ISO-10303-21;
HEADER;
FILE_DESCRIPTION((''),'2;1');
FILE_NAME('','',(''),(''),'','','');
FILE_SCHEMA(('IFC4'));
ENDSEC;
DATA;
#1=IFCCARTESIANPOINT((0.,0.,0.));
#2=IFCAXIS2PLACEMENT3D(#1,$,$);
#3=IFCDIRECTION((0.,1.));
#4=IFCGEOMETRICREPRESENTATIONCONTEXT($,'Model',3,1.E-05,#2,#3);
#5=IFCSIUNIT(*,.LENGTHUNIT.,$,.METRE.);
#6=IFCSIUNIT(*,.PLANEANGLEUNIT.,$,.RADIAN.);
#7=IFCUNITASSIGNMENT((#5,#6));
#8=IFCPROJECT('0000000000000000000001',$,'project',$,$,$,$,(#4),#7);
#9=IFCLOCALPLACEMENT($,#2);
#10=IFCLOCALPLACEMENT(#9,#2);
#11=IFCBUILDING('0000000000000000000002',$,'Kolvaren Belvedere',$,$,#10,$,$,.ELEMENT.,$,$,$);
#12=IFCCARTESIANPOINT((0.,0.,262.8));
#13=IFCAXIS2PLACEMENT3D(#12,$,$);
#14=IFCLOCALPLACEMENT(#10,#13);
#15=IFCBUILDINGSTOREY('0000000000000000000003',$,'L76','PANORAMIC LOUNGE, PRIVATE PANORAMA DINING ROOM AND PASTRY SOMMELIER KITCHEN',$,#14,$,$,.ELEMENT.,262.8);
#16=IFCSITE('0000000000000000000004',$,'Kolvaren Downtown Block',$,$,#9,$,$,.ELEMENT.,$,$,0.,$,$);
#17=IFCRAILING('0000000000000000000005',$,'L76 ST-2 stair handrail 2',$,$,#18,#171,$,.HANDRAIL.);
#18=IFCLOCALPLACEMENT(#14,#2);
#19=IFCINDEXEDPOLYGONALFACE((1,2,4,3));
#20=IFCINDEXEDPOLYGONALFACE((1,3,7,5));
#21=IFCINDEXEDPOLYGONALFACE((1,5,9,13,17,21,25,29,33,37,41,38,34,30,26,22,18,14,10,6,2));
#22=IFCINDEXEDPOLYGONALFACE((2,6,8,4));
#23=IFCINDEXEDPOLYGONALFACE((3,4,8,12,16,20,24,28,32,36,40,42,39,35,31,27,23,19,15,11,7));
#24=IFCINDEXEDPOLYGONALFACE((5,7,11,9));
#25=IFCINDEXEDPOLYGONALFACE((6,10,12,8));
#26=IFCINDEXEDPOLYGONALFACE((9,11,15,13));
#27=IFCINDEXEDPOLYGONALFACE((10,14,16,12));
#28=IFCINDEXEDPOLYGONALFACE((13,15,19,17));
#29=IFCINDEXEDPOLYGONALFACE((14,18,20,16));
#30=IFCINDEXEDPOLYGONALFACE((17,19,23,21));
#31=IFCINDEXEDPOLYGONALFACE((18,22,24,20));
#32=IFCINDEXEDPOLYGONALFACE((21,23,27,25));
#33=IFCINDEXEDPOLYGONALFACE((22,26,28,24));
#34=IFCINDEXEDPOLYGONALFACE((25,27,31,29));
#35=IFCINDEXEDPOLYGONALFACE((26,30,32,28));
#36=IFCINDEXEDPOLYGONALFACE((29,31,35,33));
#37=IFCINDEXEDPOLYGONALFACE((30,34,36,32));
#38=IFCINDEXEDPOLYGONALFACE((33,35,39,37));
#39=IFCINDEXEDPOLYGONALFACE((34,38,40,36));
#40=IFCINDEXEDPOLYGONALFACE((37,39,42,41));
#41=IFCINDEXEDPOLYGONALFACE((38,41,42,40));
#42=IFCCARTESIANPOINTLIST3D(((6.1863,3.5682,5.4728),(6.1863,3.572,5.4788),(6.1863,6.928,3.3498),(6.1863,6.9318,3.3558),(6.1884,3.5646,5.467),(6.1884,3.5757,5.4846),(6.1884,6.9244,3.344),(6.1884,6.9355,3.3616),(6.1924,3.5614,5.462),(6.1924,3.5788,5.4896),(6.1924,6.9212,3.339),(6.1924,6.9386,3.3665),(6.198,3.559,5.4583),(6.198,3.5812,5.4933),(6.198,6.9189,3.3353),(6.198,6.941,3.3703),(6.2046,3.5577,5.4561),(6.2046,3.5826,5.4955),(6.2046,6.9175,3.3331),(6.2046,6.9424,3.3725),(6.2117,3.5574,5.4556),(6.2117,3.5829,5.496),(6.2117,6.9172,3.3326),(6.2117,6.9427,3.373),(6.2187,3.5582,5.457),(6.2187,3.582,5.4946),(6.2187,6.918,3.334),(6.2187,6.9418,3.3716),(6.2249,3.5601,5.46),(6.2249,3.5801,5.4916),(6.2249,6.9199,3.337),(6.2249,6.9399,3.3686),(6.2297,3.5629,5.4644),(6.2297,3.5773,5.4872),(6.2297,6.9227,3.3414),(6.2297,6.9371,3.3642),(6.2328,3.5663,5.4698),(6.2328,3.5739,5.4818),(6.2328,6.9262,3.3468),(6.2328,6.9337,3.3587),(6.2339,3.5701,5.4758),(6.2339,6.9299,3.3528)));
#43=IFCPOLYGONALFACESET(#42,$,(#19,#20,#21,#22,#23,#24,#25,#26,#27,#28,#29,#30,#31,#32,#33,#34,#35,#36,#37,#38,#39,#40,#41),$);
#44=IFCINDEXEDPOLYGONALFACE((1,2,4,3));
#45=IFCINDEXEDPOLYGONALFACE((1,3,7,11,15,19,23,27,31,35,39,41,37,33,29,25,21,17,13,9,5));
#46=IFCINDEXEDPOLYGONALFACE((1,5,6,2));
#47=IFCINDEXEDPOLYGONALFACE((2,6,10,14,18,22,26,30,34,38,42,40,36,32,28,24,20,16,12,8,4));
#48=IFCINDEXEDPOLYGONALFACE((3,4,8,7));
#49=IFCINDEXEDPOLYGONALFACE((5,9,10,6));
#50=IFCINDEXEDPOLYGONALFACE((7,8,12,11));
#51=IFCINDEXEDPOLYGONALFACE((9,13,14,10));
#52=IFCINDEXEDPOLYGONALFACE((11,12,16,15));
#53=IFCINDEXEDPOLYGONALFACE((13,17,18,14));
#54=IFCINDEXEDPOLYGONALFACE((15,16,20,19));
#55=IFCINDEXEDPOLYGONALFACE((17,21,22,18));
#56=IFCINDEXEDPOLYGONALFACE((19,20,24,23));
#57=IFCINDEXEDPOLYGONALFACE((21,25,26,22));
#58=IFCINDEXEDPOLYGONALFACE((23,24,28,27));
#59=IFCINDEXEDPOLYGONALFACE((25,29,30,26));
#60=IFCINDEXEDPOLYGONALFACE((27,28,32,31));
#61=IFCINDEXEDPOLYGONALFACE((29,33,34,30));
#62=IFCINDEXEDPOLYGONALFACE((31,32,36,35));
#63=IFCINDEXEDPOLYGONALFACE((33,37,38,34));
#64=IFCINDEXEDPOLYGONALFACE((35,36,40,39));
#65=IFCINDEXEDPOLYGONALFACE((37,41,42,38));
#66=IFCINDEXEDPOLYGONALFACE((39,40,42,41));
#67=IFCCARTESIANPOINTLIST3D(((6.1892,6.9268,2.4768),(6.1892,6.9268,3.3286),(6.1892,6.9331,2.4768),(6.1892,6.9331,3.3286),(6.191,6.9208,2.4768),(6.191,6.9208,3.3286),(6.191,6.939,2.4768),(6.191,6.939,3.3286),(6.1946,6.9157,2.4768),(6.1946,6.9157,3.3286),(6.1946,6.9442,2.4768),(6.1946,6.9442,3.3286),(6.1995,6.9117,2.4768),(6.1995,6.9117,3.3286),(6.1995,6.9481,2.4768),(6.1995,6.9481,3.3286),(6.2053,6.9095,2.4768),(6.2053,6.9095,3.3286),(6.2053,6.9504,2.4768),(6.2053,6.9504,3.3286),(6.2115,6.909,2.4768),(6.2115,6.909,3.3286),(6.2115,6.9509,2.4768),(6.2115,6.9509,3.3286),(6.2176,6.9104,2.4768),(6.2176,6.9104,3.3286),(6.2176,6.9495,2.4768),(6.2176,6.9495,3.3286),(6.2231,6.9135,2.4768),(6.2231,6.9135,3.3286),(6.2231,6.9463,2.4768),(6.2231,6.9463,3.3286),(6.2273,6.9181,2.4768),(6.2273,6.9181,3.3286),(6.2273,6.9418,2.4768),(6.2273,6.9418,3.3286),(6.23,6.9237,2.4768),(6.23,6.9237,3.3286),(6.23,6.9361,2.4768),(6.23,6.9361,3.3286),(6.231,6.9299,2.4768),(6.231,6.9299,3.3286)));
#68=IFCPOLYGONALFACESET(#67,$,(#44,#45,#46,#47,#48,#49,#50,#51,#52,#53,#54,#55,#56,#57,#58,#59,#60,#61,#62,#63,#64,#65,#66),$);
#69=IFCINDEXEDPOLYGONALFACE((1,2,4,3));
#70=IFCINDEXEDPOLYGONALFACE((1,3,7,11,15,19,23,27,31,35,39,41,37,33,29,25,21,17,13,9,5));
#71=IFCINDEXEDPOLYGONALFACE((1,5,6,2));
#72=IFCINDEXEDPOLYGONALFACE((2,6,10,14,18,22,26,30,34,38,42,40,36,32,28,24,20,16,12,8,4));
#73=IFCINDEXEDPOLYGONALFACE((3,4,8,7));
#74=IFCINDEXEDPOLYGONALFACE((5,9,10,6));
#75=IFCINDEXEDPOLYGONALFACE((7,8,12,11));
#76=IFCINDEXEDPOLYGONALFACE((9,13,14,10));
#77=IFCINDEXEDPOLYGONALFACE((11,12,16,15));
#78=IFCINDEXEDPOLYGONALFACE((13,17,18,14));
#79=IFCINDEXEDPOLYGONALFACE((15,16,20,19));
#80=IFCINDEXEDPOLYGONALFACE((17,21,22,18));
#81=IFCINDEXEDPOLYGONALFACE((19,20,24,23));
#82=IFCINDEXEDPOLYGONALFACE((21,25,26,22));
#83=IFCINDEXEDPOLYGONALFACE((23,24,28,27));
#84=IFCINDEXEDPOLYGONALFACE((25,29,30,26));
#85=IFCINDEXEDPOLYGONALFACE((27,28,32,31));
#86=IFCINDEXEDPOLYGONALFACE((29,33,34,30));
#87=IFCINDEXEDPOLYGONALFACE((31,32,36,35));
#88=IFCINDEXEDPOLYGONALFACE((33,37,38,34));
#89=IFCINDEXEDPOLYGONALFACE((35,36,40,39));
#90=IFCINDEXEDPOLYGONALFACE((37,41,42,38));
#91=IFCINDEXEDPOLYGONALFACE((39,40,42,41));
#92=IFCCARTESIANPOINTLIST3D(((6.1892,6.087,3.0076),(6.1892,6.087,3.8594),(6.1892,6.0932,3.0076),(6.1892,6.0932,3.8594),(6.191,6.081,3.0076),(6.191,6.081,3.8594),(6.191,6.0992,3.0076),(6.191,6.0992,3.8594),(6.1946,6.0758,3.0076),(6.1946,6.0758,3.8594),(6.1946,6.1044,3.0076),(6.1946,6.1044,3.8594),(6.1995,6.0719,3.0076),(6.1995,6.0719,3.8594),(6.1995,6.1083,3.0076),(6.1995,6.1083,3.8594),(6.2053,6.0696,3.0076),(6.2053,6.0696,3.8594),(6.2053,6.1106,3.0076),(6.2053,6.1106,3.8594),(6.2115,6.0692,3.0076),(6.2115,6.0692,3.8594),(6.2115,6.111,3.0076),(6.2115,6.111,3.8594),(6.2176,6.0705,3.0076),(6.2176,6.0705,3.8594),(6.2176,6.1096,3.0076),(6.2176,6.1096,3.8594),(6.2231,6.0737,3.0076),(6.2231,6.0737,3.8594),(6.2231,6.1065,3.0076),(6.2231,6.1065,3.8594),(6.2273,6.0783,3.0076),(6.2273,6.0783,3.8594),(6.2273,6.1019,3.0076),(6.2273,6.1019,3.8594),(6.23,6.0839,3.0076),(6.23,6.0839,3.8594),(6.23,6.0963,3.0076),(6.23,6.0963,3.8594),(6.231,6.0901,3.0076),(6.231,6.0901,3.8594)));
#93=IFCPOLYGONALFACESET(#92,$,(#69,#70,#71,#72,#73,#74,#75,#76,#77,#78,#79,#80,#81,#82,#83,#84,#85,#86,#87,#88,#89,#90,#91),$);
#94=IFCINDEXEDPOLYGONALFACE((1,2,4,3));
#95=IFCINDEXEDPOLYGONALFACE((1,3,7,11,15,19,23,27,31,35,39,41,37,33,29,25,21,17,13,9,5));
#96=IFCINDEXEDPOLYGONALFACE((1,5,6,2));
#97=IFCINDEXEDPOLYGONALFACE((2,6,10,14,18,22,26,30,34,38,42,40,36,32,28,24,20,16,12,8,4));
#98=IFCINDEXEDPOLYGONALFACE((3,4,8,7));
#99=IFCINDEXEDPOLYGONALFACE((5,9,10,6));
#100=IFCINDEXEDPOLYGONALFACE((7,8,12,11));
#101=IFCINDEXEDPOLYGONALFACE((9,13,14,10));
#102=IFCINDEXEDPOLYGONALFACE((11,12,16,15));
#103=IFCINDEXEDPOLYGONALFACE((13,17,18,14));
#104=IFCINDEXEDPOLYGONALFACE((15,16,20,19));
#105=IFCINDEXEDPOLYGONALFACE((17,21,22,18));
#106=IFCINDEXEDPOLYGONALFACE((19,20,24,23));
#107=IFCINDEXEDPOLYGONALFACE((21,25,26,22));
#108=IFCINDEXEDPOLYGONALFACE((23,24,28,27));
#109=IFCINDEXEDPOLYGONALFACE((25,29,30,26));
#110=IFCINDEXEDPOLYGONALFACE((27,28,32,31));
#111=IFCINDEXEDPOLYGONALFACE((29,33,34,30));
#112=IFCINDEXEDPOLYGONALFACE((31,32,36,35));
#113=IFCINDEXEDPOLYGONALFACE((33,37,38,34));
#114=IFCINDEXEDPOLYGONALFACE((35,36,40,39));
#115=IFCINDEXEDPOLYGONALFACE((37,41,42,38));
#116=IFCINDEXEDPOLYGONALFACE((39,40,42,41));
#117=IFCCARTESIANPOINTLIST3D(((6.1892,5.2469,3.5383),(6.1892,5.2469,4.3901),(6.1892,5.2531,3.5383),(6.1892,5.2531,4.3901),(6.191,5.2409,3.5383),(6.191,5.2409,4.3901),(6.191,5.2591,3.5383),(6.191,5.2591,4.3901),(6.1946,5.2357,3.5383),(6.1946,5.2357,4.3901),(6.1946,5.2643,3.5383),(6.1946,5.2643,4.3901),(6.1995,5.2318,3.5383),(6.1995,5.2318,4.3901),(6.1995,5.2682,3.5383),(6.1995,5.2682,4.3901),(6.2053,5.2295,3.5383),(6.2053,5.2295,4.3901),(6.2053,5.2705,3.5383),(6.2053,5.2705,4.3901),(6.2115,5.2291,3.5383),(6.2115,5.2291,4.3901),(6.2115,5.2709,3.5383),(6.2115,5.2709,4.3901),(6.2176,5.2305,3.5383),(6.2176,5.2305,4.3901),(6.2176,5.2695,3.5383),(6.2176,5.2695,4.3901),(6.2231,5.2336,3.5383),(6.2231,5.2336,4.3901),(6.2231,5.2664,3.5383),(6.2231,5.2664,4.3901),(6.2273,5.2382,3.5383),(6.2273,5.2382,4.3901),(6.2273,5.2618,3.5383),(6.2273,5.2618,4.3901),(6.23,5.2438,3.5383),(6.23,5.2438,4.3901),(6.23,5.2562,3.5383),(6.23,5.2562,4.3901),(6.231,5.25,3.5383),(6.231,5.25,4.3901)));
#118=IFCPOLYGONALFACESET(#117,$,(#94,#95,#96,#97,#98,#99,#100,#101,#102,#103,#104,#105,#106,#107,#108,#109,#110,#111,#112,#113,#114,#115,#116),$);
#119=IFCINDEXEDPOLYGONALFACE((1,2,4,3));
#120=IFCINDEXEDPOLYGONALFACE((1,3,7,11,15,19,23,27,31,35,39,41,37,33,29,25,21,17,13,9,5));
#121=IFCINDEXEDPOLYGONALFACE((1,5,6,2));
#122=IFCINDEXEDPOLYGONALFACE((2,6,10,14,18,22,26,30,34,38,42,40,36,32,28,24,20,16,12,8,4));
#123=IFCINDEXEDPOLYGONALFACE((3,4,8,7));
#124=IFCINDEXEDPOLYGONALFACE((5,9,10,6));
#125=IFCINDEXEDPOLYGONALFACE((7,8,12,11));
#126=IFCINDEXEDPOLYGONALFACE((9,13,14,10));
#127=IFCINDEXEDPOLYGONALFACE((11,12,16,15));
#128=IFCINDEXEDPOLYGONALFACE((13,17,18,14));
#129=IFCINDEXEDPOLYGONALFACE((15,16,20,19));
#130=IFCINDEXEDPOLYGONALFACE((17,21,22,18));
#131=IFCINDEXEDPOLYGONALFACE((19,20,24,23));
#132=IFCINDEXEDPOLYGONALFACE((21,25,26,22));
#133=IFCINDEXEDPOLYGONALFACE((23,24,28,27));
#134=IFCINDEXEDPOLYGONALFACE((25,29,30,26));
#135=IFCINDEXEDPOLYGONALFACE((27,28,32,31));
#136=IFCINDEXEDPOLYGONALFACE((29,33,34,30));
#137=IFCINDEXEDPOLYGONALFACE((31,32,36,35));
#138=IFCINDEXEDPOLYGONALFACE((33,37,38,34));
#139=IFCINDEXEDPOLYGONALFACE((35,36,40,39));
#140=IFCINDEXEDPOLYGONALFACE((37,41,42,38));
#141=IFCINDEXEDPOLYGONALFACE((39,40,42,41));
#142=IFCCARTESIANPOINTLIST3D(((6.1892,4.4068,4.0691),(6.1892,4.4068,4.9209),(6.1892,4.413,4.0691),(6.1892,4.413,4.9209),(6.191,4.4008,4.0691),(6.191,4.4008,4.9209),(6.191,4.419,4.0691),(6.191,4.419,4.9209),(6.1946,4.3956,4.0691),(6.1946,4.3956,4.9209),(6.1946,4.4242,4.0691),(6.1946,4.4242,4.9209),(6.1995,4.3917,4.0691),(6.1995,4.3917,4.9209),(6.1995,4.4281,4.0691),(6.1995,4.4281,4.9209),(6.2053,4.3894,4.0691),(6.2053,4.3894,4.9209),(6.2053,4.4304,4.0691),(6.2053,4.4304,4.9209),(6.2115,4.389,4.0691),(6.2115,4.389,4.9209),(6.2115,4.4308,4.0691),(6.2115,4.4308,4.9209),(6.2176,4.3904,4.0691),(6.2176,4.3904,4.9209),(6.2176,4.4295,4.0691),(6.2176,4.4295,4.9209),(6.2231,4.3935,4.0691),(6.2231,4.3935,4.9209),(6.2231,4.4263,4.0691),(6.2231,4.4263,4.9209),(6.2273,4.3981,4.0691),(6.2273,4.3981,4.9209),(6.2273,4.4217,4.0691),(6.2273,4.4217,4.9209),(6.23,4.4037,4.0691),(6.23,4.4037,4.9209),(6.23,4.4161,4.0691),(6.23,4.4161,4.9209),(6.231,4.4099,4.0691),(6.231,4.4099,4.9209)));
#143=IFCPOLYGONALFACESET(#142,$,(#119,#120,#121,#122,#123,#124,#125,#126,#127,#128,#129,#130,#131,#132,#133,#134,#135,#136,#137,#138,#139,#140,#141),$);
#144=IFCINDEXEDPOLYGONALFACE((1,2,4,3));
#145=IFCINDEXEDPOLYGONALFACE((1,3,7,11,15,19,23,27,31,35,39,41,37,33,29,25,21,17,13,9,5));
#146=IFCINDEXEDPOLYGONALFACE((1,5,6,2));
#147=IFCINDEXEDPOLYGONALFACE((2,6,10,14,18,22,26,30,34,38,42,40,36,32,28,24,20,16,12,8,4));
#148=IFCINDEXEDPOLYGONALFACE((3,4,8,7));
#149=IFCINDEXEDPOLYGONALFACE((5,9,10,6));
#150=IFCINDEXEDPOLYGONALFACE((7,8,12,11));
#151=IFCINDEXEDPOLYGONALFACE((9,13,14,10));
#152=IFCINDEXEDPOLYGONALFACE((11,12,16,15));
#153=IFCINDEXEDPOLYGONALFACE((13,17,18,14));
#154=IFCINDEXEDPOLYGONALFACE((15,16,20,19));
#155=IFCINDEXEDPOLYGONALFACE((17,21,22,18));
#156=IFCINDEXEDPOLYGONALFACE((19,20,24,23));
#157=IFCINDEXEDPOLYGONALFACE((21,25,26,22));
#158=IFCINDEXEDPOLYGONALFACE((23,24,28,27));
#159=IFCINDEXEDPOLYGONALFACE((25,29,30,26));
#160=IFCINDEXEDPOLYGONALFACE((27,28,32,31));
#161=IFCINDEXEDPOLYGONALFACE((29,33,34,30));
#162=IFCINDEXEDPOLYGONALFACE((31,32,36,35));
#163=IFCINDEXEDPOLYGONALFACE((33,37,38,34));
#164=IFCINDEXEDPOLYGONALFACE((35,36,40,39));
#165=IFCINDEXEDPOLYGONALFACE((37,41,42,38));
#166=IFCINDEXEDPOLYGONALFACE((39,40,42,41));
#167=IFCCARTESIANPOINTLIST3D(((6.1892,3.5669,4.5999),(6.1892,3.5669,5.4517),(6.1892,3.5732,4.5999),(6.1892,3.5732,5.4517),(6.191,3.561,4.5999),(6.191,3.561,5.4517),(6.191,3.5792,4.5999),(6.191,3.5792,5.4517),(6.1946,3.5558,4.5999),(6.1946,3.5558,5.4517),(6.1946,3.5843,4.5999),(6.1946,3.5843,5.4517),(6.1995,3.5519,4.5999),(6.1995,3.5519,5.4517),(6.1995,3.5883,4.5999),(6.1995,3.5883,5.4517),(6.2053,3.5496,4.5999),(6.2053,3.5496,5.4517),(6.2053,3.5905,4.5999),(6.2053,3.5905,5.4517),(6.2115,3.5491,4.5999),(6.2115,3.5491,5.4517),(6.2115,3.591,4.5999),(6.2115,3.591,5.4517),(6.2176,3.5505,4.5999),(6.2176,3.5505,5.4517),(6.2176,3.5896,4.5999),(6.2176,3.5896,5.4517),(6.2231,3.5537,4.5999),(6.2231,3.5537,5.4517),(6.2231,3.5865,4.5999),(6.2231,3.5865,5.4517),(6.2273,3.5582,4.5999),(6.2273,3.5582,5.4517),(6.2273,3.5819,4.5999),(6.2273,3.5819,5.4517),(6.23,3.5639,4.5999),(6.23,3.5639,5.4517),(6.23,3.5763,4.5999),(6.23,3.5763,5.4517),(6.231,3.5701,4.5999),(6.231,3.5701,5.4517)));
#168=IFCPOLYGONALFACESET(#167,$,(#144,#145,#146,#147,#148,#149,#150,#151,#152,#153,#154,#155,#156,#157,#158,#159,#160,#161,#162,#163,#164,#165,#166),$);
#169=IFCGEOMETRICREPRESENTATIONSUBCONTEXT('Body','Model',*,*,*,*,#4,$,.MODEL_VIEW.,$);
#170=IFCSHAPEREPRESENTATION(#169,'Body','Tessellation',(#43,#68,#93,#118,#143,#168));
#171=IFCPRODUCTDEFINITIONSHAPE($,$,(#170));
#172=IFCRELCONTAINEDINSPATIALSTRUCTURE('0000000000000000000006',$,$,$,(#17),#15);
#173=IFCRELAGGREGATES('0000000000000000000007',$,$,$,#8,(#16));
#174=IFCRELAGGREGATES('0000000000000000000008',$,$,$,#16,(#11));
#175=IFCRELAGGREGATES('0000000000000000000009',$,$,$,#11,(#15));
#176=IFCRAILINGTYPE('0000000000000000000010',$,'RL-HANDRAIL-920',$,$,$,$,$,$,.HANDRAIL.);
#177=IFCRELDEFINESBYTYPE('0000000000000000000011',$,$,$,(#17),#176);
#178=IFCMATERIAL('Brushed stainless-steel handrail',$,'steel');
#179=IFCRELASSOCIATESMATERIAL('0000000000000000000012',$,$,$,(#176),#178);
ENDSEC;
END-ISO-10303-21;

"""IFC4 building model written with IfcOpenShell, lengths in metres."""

from ifc_helpers import new_model, si_unit, direction, frame, origin, origin_2d, place, context, subcontext, project, spatial, circle, extrude, material, type_object, element, save


model = new_model("IFC4")

# Units and contexts
model_context = context("Model", 3, precision=1e-05, world=origin(), true_north=direction((0.0, 1.0)))
body_context = subcontext(model_context, "Body", "Model", "MODEL_VIEW")
ifc_project = project(units=[si_unit("LENGTHUNIT", "METRE"), si_unit("PLANEANGLEUNIT", "RADIAN")], contexts=[model_context])

# Site, building, storey
site_placement = place(None, origin())
site = spatial("IfcSite", under=ifc_project, at=site_placement, Name="Kolvaren Downtown Block", CompositionType="ELEMENT", RefElevation=0.0)
building_placement = place(site_placement, origin())
building = spatial("IfcBuilding", under=site, at=building_placement, Name="Kolvaren Belvedere", CompositionType="ELEMENT")
storey_placement = place(building_placement, frame((0.0, 0.0, 262.8)))
storey = spatial("IfcBuildingStorey", under=building, at=storey_placement, Name="L76", Description="PANORAMIC LOUNGE, PRIVATE PANORAMA DINING ROOM AND PASTRY SOMMELIER KITCHEN", CompositionType="ELEMENT", Elevation=262.8)

# Railing
ifc_material_1 = material(Name="Brushed stainless-steel handrail", Category="steel")
railing_type_1 = type_object("IfcRailingType", Name="RL-HANDRAIL-920", PredefinedType="HANDRAIL", material=ifc_material_1)
railing_1_placement = place(storey_placement, frame((6.21, 6.9299, 2.4768)))
element("IfcRailing", 1, at=railing_1_placement, inside=storey, type_object=railing_type_1, Name="L76 ST-2 stair handrail 2", PredefinedType="HANDRAIL", context=body_context, shape_type="SweptSolid", body=[
    extrude(circle(Radius=0.0239, at=origin_2d()), frame((0.0, 0.0, 0.876), z_axis=(0.0, -0.845372, 0.534178), x_axis=(1.0, 0.0, 0.0)), (0.0, 0.0, 1.0), 3.9744),
    extrude(circle(Radius=0.021, at=origin_2d()), origin(), (0.0, 0.0, 1.0), 0.8518),
    extrude(circle(Radius=0.021, at=origin_2d()), frame((0.0, -0.8398, 0.5308)), (0.0, 0.0, 1.0), 0.8518),
    extrude(circle(Radius=0.021, at=origin_2d()), frame((0.0, -1.6799, 1.0615)), (0.0, 0.0, 1.0), 0.8518),
    extrude(circle(Radius=0.021, at=origin_2d()), frame((0.0, -2.52, 1.5923)), (0.0, 0.0, 1.0), 0.8518),
    extrude(circle(Radius=0.021, at=origin_2d()), frame((0.0, -3.3599, 2.123)), (0.0, 0.0, 1.0), 0.8518),
])

save(model, "model.ifc")
